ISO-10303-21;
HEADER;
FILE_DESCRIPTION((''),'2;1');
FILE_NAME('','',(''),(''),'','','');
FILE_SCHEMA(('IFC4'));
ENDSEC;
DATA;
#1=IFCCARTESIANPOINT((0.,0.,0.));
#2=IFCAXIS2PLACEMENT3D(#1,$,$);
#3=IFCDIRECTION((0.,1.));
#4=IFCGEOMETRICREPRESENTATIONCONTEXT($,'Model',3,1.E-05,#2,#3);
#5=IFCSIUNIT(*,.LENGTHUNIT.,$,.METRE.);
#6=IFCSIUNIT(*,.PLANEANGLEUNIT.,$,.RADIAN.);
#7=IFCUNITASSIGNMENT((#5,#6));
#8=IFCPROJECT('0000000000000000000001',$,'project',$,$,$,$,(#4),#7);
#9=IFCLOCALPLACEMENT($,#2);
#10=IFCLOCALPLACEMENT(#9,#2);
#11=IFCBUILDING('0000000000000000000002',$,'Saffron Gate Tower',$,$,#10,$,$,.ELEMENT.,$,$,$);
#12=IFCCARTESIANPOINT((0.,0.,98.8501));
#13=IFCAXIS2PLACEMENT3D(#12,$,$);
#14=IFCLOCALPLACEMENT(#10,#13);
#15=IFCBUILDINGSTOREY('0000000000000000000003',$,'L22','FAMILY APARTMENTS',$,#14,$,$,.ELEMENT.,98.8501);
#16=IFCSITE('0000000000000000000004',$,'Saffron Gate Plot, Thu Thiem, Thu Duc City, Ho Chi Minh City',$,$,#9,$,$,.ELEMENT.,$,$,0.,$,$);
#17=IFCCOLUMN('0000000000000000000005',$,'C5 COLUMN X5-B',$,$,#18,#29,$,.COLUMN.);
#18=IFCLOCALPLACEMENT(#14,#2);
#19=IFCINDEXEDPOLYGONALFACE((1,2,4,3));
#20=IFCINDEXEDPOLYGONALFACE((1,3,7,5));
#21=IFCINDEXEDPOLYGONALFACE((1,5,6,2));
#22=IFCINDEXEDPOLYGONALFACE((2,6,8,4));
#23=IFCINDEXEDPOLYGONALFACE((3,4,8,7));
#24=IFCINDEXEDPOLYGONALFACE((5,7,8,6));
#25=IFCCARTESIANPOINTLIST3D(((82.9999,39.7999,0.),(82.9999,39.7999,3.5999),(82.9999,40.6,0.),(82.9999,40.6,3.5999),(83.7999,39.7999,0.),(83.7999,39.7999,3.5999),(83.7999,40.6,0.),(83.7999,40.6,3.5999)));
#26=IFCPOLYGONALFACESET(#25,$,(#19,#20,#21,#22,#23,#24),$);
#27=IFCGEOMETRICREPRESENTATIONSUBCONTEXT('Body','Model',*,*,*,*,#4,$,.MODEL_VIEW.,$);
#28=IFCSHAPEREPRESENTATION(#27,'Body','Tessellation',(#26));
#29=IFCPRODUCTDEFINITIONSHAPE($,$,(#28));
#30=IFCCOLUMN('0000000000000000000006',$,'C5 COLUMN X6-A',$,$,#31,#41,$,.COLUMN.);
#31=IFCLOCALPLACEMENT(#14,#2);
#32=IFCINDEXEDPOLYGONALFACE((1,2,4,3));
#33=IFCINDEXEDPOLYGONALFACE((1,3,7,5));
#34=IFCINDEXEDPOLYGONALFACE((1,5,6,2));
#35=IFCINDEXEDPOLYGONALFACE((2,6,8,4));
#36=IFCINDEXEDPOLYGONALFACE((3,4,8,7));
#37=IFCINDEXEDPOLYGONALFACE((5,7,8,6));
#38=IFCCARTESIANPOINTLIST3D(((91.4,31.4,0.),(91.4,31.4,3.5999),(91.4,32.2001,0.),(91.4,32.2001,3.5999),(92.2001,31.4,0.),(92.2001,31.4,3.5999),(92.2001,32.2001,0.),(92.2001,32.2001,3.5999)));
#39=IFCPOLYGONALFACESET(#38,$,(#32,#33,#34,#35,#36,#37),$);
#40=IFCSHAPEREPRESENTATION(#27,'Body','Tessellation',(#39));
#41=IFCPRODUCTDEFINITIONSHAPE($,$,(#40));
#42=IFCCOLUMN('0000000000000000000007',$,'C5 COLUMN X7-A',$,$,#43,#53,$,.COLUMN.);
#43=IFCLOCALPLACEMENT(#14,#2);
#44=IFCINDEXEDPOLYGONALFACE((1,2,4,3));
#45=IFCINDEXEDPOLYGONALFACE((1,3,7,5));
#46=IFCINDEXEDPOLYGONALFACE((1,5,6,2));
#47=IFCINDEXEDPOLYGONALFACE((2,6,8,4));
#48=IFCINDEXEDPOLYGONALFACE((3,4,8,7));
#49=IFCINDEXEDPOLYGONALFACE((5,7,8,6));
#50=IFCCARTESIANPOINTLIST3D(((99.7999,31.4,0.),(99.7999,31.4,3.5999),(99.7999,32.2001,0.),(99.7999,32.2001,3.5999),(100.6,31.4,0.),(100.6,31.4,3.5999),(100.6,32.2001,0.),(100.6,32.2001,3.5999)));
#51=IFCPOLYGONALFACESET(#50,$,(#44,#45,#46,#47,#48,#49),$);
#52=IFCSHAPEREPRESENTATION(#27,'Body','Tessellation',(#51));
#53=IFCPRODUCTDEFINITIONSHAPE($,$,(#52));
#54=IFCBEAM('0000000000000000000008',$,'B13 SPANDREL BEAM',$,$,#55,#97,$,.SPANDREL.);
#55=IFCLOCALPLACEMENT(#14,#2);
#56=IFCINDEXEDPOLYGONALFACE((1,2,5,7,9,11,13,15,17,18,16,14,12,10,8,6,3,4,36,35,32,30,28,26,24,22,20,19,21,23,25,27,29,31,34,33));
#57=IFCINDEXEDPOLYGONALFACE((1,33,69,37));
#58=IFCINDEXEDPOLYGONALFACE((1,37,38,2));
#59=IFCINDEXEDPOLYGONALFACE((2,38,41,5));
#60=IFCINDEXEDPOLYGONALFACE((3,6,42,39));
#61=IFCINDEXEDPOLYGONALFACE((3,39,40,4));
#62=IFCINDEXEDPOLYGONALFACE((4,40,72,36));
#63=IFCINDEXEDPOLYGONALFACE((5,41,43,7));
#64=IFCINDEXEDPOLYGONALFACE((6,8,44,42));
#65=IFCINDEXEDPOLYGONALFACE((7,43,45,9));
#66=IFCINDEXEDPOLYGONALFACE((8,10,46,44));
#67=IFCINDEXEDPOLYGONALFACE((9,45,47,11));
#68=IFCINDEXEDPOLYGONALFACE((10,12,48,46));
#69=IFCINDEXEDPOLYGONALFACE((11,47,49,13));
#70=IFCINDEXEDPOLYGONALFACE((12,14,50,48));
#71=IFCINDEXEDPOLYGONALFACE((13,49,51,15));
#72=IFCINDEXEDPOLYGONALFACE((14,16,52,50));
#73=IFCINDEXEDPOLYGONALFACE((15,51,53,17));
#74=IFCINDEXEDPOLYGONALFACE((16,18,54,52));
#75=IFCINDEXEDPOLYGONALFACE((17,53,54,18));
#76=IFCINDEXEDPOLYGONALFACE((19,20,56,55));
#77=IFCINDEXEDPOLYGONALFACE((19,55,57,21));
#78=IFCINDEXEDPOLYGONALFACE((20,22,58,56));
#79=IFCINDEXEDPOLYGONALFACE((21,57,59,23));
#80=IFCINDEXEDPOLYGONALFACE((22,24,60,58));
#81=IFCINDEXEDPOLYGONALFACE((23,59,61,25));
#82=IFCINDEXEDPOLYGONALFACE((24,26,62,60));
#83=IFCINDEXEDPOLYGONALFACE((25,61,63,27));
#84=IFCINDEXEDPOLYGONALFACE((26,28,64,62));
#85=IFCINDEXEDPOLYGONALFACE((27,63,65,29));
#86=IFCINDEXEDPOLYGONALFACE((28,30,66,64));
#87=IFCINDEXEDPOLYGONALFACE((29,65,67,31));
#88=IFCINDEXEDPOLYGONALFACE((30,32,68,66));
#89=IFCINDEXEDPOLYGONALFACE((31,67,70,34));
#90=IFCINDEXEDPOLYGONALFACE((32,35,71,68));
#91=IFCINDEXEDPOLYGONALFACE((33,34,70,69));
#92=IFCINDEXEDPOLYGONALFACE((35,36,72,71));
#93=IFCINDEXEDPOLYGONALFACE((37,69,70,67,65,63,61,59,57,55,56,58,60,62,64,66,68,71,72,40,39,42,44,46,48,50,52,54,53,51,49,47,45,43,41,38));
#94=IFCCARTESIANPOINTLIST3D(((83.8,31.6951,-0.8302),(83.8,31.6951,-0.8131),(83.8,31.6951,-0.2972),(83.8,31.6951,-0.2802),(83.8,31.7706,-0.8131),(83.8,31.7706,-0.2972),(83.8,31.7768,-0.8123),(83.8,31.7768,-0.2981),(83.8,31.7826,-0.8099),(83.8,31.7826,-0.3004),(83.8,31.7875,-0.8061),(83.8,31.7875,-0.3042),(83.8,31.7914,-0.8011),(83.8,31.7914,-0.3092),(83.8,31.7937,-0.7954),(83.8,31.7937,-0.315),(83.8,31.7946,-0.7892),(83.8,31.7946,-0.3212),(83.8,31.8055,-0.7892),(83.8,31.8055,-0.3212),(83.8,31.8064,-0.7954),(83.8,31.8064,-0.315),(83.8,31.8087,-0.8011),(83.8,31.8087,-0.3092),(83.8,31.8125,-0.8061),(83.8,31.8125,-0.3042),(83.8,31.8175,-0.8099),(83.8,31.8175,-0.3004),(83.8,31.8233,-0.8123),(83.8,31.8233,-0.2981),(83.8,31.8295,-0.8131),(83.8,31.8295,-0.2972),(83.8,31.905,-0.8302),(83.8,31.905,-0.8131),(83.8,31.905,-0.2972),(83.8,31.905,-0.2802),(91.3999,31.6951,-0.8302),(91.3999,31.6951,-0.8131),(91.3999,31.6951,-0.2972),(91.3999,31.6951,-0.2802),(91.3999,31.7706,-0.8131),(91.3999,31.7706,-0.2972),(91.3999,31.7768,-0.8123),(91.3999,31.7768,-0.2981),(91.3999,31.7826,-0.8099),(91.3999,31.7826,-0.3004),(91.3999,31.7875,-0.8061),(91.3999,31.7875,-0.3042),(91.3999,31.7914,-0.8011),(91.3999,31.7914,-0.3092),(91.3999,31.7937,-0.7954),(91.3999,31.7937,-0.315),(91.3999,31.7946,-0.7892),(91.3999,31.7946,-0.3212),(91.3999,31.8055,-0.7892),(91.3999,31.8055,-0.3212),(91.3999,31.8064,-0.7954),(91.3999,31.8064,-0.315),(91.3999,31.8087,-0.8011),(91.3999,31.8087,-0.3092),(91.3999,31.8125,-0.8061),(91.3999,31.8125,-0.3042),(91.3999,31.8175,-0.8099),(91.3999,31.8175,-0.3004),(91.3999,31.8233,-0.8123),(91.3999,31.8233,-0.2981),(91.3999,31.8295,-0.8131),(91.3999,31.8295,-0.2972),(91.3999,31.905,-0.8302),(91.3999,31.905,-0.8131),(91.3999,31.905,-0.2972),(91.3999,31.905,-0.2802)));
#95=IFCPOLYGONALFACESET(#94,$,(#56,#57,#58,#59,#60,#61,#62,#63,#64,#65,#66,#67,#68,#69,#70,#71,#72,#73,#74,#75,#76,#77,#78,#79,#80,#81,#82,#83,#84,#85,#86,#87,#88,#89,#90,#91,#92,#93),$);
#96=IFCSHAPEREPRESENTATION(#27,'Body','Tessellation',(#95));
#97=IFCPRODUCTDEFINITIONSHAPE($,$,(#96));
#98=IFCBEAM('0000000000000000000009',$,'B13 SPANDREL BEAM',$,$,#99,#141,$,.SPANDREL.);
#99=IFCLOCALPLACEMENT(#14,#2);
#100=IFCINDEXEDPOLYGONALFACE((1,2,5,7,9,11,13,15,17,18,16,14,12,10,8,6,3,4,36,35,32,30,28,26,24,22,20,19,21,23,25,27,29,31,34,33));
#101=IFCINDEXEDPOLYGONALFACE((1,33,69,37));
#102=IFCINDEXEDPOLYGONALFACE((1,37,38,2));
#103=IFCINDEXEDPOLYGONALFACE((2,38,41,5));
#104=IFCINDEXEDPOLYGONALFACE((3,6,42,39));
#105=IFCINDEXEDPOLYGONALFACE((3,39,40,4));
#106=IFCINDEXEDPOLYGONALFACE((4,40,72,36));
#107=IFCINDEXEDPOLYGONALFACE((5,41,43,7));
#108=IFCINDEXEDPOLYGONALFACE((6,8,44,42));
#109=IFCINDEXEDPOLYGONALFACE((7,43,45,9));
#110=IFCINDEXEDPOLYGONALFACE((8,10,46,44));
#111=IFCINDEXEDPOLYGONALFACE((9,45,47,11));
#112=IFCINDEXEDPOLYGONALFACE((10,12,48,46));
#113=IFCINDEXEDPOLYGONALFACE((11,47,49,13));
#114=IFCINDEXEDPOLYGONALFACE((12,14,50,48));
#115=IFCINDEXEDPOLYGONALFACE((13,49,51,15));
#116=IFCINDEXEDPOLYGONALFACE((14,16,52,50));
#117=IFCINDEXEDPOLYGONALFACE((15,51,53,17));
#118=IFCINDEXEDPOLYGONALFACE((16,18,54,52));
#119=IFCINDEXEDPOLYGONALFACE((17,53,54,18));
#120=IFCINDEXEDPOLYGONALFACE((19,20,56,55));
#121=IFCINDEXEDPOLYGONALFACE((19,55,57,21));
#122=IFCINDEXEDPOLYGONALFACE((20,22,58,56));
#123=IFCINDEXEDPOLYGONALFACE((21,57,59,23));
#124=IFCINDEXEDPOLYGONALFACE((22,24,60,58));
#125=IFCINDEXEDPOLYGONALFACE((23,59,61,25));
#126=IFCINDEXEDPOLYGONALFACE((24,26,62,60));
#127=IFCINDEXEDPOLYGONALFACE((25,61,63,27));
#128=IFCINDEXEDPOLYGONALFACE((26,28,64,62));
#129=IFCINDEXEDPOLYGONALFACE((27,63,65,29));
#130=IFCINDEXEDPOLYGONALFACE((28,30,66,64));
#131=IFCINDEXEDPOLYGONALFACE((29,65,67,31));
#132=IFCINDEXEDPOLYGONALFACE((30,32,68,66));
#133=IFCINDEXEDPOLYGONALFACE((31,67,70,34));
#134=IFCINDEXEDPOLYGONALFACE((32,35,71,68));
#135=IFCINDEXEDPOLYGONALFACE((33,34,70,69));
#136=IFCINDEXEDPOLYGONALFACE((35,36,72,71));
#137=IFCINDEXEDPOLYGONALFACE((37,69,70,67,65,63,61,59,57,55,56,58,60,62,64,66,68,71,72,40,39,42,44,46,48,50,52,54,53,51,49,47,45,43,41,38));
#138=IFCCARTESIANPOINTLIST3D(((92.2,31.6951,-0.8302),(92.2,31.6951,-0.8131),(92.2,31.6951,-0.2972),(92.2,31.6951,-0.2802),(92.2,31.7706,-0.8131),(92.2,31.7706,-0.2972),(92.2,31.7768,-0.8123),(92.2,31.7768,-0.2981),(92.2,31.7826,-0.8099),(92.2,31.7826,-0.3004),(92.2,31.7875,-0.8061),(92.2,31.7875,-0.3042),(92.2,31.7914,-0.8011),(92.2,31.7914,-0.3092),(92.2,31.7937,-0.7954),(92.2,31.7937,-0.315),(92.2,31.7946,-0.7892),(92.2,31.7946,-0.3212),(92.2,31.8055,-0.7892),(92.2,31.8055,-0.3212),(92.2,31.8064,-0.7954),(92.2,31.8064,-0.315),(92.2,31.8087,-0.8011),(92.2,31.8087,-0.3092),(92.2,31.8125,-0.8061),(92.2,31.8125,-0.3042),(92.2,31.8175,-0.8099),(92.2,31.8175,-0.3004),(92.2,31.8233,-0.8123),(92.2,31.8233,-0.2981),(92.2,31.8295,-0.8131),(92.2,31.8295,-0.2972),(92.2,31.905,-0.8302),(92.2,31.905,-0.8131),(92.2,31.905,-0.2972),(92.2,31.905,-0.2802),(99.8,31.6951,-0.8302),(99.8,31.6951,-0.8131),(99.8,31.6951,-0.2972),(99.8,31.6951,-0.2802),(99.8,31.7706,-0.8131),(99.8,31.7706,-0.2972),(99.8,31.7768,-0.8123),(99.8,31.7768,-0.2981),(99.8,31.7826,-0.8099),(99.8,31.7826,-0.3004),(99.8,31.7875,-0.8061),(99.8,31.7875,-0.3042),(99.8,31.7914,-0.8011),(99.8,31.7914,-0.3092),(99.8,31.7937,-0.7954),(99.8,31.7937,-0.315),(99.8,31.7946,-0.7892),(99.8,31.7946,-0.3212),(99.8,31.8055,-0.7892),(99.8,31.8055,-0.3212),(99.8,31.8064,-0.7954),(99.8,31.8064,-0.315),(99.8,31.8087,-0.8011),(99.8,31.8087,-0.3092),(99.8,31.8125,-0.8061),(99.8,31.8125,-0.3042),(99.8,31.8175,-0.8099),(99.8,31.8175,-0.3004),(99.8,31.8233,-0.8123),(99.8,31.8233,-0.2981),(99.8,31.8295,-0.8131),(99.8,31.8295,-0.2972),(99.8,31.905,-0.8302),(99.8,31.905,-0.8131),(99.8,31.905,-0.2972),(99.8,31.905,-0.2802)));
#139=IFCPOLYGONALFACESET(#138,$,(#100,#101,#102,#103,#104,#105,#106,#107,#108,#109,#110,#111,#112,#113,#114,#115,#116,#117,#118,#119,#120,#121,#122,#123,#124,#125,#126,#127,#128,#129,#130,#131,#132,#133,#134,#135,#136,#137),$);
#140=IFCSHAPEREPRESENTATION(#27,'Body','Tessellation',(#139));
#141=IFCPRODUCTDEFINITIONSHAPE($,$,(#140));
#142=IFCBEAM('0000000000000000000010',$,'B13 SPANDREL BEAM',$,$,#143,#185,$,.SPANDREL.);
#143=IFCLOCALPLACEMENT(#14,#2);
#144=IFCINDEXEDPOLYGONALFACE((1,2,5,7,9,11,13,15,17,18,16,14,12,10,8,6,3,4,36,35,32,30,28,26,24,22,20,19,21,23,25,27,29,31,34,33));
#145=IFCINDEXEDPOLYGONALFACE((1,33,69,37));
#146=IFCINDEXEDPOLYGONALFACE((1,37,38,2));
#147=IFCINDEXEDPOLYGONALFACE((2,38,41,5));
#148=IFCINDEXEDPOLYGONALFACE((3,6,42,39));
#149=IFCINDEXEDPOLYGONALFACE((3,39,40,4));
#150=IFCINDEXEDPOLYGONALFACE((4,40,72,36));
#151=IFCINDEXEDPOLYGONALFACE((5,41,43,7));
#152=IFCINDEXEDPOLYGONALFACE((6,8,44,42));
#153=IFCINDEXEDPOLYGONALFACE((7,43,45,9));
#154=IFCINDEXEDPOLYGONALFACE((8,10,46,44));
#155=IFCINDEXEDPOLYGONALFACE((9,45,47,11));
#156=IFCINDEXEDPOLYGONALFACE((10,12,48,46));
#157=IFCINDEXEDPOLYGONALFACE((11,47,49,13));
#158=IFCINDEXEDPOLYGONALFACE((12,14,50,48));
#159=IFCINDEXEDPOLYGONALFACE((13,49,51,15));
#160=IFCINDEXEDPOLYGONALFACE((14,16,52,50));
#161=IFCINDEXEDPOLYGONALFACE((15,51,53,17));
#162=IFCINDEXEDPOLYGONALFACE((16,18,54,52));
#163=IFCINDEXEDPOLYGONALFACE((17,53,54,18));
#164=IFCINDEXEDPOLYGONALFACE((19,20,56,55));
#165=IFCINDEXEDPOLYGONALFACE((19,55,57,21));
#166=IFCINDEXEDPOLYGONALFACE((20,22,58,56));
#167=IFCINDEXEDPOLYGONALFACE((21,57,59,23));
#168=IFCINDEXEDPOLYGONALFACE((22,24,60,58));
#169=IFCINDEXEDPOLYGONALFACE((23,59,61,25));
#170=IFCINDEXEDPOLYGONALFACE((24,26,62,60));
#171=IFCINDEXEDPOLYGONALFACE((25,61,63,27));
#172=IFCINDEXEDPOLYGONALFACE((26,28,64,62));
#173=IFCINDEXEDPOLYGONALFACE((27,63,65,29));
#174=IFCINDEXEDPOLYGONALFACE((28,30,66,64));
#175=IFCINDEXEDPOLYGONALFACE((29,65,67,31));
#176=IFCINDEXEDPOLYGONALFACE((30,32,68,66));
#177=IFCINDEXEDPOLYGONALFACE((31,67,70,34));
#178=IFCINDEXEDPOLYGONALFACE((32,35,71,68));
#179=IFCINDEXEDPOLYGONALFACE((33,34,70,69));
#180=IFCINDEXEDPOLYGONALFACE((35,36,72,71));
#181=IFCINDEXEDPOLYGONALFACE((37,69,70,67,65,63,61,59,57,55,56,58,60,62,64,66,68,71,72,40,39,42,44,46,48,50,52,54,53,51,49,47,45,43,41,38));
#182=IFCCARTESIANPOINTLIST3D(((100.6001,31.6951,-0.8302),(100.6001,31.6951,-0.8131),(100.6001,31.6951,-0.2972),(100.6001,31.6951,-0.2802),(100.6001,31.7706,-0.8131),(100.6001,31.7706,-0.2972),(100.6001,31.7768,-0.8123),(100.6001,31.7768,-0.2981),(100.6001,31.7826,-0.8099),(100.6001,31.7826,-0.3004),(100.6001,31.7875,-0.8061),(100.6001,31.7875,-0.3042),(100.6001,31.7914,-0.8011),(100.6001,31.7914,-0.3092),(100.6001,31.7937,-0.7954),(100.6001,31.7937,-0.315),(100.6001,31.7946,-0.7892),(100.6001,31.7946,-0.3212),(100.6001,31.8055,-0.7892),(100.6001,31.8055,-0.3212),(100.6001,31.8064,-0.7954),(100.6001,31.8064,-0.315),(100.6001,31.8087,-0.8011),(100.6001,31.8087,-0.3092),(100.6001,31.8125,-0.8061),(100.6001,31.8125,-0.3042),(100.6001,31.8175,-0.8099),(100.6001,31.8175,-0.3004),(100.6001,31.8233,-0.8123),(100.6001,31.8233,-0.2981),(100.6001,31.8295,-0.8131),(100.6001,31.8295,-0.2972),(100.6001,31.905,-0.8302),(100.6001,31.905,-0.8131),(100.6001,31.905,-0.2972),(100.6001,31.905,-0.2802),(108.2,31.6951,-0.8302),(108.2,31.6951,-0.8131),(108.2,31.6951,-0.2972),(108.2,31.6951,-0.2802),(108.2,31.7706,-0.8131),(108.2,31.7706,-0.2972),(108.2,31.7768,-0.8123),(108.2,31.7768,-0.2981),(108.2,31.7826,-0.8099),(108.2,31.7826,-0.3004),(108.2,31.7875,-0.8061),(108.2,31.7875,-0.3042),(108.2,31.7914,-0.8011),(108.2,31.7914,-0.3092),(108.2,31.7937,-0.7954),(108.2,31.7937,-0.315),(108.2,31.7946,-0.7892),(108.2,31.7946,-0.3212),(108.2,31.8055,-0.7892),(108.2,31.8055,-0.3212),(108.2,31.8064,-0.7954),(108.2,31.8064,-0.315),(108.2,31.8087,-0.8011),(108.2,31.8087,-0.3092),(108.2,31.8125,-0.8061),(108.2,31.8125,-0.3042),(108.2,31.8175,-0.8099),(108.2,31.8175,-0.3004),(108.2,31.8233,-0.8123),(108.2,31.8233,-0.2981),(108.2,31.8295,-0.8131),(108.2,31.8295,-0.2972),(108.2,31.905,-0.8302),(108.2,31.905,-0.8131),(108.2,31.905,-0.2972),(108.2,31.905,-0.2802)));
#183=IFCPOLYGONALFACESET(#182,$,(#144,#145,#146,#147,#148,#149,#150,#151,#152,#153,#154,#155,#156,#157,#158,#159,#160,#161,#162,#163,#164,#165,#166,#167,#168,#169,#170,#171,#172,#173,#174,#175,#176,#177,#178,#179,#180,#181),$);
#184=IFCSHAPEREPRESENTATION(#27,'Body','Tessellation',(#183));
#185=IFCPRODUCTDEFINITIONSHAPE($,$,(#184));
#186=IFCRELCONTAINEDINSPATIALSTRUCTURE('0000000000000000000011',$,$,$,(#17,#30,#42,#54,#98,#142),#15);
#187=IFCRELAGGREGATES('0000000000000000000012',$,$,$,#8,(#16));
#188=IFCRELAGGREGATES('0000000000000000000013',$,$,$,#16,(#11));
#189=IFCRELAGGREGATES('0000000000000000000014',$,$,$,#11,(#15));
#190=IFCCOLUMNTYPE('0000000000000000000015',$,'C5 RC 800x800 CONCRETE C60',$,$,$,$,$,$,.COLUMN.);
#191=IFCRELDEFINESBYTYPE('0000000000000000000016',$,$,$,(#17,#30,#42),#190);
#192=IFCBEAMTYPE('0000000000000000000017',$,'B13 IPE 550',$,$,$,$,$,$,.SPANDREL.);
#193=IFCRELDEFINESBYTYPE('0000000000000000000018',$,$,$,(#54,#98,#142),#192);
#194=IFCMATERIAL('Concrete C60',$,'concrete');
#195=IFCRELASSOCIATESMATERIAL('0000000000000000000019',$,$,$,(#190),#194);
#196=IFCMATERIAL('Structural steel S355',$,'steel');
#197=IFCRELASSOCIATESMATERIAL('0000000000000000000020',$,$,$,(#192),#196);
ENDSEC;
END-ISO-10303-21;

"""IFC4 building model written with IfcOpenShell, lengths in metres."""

from ifc_helpers import new_model, si_unit, direction, frame, origin, origin_2d, place, context, subcontext, project, spatial, rectangle, i_section, extrude, material, material_profile, profile_set, type_object, element, save


model = new_model("IFC4")

# Units and contexts
model_context = context("Model", 3, precision=1e-05, world=origin(), true_north=direction((0.0, 1.0)))
body_context = subcontext(model_context, "Body", "Model", "MODEL_VIEW")
ifc_project = project(units=[si_unit("LENGTHUNIT", "METRE"), si_unit("PLANEANGLEUNIT", "RADIAN")], contexts=[model_context])

# Site, building, storey
site_placement = place(None, origin())
site = spatial("IfcSite", under=ifc_project, at=site_placement, Name="Saffron Gate Plot, Thu Thiem, Thu Duc City, Ho Chi Minh City", CompositionType="ELEMENT", RefElevation=0.0)
building_placement = place(site_placement, origin())
building = spatial("IfcBuilding", under=site, at=building_placement, Name="Saffron Gate Tower", CompositionType="ELEMENT")
storey_placement = place(building_placement, frame((0.0, 0.0, 98.8501)))
storey = spatial("IfcBuildingStorey", under=building, at=storey_placement, Name="L22", Description="FAMILY APARTMENTS", CompositionType="ELEMENT", Elevation=98.8501)

# Columns
ifc_material_1 = material(Name="Concrete C60", Category="concrete")
ifc_material_profile_1 = material_profile(ifc_material_1, rectangle(XDim=0.8, YDim=0.8, at=origin_2d()))
ifc_profile_set_1 = profile_set([ifc_material_profile_1], Name="Concrete C60")
column_type = type_object("IfcColumnType", Name="C5 RC 800x800 CONCRETE C60", PredefinedType="COLUMN", material=ifc_profile_set_1)
for number, where, z_axis, x_axis, name in (
    (1, (83.3999, 40.2, 0.0), (0.0, 0.0, 1.0), (1.0, 0.0, 0.0), "C5 COLUMN X5-B"),
    (2, (91.8, 31.8, 0.0), (0.0, 0.0, 1.0), (1.0, 0.0, 0.0), "C5 COLUMN X6-A"),
    (3, (100.2, 31.8, 0.0), (0.0, 0.0, 1.0), (1.0, 0.0, 0.0), "C5 COLUMN X7-A"),
):
    element("IfcColumn", number, at=place(storey_placement, frame(where, z_axis=z_axis, x_axis=x_axis)), inside=storey, type_object=column_type, Name=name, PredefinedType="COLUMN", context=body_context, shape_type="SweptSolid", body=[
        extrude(rectangle(XDim=0.8, YDim=0.8, at=origin_2d()), origin(), (0.0, 0.0, 1.0), 3.5999),
    ])

# Beams
ifc_material_2 = material(Name="Structural steel S355", Category="steel")
ifc_material_profile_2 = material_profile(ifc_material_2, i_section(OverallWidth=0.21, OverallDepth=0.55, WebThickness=0.011, FlangeThickness=0.0171, FilletRadius=0.0239, at=origin_2d()))
ifc_profile_set_2 = profile_set([ifc_material_profile_2], Name="Structural steel S355")
beam_type_1 = type_object("IfcBeamType", Name="B13 IPE 550", PredefinedType="SPANDREL", material=ifc_profile_set_2)
beam_1_placement = place(storey_placement, frame((83.8, 31.8, -0.5552), z_axis=(1.0, 0.0, 0.0), x_axis=(0.0, 1.0, 0.0)))
element("IfcBeam", 4, at=beam_1_placement, inside=storey, type_object=beam_type_1, Name="B13 SPANDREL BEAM", PredefinedType="SPANDREL", context=body_context, shape_type="SweptSolid", body=[
    extrude(i_section(OverallWidth=0.21, OverallDepth=0.55, WebThickness=0.011, FlangeThickness=0.0171, FilletRadius=0.0239, at=origin_2d()), origin(), (0.0, 0.0, 1.0), 7.5999),
])
beam_2_placement = place(storey_placement, frame((92.2, 31.8, -0.5552), z_axis=(1.0, 0.0, 0.0), x_axis=(0.0, 1.0, 0.0)))
element("IfcBeam", 5, at=beam_2_placement, inside=storey, type_object=beam_type_1, Name="B13 SPANDREL BEAM", PredefinedType="SPANDREL", context=body_context, shape_type="SweptSolid", body=[
    extrude(i_section(OverallWidth=0.21, OverallDepth=0.55, WebThickness=0.011, FlangeThickness=0.0171, FilletRadius=0.0239, at=origin_2d()), origin(), (0.0, 0.0, 1.0), 7.6001),
])
beam_3_placement = place(storey_placement, frame((100.6001, 31.8, -0.5552), z_axis=(1.0, 0.0, 0.0), x_axis=(0.0, 1.0, 0.0)))
element("IfcBeam", 6, at=beam_3_placement, inside=storey, type_object=beam_type_1, Name="B13 SPANDREL BEAM", PredefinedType="SPANDREL", context=body_context, shape_type="SweptSolid", body=[
    extrude(i_section(OverallWidth=0.21, OverallDepth=0.55, WebThickness=0.011, FlangeThickness=0.0171, FilletRadius=0.0239, at=origin_2d()), origin(), (0.0, 0.0, 1.0), 7.5999),
])

save(model, "model.ifc")
